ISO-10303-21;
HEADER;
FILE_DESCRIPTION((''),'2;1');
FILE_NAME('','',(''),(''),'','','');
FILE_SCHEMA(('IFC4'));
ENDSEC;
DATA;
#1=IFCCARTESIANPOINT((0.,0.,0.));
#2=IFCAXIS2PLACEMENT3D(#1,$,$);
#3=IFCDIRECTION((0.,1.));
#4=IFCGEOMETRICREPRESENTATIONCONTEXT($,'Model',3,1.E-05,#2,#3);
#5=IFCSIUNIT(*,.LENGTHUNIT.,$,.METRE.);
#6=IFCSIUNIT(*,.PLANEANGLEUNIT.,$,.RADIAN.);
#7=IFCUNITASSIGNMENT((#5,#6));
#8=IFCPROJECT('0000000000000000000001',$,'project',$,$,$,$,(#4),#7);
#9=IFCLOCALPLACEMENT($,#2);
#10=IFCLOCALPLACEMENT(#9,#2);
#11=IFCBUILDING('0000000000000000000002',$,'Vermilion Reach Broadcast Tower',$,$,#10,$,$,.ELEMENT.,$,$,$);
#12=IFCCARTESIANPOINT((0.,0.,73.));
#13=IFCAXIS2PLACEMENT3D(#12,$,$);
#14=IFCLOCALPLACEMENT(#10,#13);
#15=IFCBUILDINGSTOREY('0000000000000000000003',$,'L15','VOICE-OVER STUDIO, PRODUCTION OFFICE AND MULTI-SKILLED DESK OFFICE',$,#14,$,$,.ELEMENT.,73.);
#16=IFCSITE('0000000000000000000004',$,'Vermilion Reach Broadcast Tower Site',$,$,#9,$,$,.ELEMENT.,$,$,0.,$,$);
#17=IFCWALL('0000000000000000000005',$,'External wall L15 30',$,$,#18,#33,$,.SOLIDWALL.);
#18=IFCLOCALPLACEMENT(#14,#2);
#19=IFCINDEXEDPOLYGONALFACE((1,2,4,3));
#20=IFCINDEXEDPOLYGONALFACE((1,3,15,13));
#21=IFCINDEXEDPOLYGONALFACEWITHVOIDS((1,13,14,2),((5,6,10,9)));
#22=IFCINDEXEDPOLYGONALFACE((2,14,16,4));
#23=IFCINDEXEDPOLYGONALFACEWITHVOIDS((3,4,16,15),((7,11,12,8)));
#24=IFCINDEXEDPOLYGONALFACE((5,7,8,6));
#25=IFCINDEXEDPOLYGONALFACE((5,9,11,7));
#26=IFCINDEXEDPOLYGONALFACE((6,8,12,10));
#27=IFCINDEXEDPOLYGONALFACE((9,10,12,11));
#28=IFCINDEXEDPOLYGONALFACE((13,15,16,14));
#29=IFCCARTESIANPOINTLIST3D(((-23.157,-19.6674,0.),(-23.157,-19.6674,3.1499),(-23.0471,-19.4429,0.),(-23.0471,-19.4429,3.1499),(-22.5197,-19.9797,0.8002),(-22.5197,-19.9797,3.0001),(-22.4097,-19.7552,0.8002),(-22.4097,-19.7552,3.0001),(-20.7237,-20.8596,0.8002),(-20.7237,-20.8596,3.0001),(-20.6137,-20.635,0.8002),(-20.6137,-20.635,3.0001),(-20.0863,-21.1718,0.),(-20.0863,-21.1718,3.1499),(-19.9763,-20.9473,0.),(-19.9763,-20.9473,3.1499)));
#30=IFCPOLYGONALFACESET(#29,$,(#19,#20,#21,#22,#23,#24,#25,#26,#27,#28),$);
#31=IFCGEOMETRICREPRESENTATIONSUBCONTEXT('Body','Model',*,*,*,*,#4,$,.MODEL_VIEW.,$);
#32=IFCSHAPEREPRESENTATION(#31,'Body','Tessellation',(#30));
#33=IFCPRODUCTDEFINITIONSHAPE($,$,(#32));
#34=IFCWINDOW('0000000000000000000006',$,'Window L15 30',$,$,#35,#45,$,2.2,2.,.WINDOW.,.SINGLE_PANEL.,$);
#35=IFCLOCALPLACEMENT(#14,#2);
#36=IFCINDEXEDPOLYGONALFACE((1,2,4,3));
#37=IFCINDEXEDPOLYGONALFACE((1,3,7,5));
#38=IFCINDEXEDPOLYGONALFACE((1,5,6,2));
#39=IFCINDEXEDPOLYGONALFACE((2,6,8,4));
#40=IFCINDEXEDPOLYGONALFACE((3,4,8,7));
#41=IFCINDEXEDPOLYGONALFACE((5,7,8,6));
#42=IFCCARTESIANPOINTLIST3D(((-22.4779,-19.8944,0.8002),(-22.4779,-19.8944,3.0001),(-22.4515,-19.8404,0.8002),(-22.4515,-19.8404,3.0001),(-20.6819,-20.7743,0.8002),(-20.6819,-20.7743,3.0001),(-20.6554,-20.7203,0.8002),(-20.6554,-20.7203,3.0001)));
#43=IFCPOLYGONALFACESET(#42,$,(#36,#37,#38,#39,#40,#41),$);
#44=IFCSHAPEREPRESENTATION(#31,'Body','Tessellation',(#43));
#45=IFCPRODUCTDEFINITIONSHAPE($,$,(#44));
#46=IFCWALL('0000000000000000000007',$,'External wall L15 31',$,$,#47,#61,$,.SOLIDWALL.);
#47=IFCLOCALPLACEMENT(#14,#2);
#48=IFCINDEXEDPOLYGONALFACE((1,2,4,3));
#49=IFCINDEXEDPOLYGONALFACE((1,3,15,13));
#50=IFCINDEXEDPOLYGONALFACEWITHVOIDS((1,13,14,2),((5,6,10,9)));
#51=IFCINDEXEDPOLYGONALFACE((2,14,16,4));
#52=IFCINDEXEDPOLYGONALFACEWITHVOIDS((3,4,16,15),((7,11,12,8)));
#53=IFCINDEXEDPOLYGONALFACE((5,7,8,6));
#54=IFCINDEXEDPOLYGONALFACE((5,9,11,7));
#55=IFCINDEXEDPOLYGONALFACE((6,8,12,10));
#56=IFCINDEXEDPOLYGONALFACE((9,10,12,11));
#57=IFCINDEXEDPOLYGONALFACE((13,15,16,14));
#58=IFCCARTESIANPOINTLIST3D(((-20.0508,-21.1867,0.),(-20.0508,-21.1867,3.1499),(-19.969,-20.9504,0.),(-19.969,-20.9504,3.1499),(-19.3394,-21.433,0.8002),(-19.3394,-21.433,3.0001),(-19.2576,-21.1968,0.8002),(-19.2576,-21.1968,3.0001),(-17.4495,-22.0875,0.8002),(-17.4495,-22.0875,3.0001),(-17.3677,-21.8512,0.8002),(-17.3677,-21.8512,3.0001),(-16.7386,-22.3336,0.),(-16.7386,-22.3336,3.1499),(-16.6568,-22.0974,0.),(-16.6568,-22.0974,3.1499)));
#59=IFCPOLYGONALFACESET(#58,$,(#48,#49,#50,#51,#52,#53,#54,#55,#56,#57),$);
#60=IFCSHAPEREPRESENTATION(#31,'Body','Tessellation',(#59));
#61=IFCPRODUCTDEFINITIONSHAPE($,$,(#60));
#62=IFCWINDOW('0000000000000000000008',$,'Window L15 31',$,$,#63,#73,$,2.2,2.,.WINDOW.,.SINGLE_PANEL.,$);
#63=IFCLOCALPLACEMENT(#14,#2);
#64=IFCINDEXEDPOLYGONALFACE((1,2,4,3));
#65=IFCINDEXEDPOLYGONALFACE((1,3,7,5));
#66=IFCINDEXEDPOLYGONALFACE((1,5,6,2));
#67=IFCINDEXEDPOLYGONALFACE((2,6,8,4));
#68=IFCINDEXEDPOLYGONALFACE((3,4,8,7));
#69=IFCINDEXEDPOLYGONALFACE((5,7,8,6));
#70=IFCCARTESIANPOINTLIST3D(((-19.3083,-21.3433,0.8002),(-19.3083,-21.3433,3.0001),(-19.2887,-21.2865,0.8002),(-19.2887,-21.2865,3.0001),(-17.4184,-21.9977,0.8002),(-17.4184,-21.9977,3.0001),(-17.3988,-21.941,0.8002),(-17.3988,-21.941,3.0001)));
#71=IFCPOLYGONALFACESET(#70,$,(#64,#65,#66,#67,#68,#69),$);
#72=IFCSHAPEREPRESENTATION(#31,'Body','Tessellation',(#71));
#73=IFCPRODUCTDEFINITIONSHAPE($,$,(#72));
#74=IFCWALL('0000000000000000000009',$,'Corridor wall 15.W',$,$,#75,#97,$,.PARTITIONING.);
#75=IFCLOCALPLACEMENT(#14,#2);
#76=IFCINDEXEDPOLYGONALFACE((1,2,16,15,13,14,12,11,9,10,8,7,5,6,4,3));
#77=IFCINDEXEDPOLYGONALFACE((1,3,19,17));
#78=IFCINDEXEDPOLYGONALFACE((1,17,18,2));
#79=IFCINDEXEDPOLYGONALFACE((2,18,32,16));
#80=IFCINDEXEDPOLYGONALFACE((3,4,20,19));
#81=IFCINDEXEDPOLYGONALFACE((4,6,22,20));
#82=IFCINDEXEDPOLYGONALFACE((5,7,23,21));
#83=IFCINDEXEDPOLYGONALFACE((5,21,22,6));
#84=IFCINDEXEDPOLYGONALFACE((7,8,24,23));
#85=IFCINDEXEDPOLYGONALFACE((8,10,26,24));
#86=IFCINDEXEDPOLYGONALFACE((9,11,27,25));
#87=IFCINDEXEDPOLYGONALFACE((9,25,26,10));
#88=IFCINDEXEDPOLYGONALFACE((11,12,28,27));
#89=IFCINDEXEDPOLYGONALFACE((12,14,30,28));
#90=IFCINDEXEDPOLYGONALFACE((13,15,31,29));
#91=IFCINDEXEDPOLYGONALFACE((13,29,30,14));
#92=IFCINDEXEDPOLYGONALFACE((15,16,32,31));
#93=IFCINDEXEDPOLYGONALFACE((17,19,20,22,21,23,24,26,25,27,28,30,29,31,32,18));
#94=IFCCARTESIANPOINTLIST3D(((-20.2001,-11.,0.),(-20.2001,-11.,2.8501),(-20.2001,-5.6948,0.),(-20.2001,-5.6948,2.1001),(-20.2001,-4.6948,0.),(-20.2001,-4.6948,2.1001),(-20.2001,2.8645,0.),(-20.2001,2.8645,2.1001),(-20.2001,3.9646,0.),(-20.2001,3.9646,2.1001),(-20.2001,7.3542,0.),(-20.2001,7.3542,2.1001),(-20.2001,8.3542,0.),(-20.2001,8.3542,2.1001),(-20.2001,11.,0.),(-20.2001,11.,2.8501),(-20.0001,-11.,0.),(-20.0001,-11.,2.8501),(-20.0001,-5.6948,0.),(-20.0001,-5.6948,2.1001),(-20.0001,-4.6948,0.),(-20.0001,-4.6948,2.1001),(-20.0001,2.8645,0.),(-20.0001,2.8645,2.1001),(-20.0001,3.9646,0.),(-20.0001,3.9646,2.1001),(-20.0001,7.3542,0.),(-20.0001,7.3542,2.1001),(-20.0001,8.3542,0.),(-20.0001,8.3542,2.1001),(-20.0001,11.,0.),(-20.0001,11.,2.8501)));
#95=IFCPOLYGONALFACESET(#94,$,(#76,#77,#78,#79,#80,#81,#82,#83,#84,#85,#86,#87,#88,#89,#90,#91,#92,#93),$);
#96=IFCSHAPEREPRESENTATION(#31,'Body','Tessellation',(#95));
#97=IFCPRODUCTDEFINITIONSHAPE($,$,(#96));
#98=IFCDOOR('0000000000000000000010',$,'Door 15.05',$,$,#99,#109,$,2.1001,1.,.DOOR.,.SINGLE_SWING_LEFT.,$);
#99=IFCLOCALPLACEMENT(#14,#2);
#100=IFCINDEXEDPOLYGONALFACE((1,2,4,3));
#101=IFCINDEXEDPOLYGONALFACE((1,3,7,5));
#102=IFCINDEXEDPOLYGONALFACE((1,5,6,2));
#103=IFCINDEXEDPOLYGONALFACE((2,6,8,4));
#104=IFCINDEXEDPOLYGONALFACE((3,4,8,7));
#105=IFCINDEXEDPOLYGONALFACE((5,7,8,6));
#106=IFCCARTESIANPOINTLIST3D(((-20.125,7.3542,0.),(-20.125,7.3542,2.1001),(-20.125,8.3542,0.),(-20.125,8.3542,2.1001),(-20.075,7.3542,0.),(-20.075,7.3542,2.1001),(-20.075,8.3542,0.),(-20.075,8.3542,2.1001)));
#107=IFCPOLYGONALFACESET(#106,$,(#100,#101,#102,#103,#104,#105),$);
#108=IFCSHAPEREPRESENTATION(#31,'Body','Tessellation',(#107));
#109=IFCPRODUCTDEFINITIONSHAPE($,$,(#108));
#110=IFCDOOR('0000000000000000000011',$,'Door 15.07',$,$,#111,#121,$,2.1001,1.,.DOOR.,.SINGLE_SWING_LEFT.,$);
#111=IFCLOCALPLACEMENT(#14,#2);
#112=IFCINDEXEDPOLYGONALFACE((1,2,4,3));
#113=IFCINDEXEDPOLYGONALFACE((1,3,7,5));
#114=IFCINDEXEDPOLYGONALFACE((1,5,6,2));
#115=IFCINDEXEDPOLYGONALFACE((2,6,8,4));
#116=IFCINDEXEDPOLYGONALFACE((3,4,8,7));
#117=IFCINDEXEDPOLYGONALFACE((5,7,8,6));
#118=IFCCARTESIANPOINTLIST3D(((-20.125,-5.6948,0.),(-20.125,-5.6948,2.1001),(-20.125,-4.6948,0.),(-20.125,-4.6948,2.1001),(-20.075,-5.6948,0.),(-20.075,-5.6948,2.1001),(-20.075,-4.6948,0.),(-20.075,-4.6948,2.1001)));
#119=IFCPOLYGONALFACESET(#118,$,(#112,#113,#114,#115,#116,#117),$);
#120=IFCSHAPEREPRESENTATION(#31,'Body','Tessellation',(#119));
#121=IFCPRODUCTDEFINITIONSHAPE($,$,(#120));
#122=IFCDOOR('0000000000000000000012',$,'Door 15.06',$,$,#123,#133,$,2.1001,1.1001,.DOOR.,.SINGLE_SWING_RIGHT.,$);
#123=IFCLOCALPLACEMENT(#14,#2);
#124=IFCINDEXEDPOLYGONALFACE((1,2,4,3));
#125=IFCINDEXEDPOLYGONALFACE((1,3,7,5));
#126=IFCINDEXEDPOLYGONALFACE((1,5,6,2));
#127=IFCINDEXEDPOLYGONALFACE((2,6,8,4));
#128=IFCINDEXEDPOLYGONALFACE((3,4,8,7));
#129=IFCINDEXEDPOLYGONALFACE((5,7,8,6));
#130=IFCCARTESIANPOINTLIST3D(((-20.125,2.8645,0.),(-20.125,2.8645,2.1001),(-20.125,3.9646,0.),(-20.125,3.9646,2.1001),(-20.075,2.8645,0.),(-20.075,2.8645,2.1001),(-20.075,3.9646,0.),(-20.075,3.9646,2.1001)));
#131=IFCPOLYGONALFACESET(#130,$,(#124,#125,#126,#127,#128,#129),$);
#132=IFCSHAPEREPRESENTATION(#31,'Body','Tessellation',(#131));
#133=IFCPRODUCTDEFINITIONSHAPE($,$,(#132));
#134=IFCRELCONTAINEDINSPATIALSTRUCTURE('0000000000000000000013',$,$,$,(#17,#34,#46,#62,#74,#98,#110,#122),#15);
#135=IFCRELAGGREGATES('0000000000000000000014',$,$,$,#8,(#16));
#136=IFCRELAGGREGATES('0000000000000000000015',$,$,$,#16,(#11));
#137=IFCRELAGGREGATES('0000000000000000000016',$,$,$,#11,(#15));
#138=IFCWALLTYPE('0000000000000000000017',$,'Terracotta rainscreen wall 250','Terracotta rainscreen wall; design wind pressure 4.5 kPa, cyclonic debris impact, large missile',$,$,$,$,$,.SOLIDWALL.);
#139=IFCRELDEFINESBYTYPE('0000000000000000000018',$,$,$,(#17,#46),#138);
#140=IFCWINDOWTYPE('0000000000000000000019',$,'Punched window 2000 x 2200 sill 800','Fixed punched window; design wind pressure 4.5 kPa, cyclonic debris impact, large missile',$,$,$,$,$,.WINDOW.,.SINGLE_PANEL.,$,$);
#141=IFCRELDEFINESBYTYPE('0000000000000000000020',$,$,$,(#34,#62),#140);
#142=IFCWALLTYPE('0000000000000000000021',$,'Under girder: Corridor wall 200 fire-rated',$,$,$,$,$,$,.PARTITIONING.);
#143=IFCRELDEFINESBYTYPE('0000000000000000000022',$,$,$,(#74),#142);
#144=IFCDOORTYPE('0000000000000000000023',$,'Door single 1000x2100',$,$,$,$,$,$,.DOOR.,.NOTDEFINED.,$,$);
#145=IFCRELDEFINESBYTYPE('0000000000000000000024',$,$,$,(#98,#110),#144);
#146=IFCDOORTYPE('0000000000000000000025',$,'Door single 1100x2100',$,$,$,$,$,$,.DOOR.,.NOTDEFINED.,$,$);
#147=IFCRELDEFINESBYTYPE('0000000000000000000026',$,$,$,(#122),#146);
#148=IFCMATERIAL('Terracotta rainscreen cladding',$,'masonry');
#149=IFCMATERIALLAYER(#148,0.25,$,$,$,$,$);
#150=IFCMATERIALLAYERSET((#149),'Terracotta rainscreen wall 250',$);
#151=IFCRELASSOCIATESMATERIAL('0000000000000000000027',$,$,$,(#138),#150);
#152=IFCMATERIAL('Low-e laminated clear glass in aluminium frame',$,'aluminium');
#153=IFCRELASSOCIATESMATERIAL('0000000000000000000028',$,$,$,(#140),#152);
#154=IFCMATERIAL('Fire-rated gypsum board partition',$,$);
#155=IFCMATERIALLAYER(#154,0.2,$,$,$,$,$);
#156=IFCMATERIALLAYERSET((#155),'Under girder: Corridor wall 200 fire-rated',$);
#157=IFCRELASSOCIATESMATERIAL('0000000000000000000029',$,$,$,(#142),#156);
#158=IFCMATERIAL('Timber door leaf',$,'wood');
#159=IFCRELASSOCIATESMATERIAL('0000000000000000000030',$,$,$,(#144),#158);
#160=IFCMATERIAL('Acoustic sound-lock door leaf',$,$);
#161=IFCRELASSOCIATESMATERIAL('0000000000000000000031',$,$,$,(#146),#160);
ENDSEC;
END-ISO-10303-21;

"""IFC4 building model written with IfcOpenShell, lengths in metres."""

from ifc_helpers import new_model, si_unit, direction, frame, frame_2d, origin, place, context, subcontext, project, spatial, rectangle, extrude, material, layer, layer_set, type_object, element, fill, save


model = new_model("IFC4")

# Units and contexts
model_context = context("Model", 3, precision=1e-05, world=origin(), true_north=direction((0.0, 1.0)))
body_context = subcontext(model_context, "Body", "Model", "MODEL_VIEW")
ifc_project = project(units=[si_unit("LENGTHUNIT", "METRE"), si_unit("PLANEANGLEUNIT", "RADIAN")], contexts=[model_context])

# Site, building, storey
site_placement = place(None, origin())
site = spatial("IfcSite", under=ifc_project, at=site_placement, Name="Vermilion Reach Broadcast Tower Site", CompositionType="ELEMENT", RefElevation=0.0)
building_placement = place(site_placement, origin())
building = spatial("IfcBuilding", under=site, at=building_placement, Name="Vermilion Reach Broadcast Tower", CompositionType="ELEMENT")
storey_placement = place(building_placement, frame((0.0, 0.0, 73.0)))
storey = spatial("IfcBuildingStorey", under=building, at=storey_placement, Name="L15", Description="VOICE-OVER STUDIO, PRODUCTION OFFICE AND MULTI-SKILLED DESK OFFICE", CompositionType="ELEMENT", Elevation=73.0)

# Shared definitions
ifc_material_1 = material(Name="Terracotta rainscreen cladding", Category="masonry")
ifc_layer_1 = layer(ifc_material_1, 0.25)
ifc_layer_set_1 = layer_set([ifc_layer_1], Name="Terracotta rainscreen wall 250")
wall_type_1 = type_object("IfcWallType", Name="Terracotta rainscreen wall 250", Description="Terracotta rainscreen wall; design wind pressure 4.5 kPa, cyclonic debris impact, large missile", PredefinedType="SOLIDWALL", material=ifc_layer_set_1)

# Walls, openings, windows
ifc_material_2 = material(Name="Low-e laminated clear glass in aluminium frame", Category="aluminium")
window_type = type_object("IfcWindowType", Name="Punched window 2000 x 2200 sill 800", Description="Fixed punched window; design wind pressure 4.5 kPa, cyclonic debris impact, large missile", PartitioningType="SINGLE_PANEL", PredefinedType="WINDOW", material=ifc_material_2)
wall_1_placement = place(storey_placement, frame((-23.1021, -19.5552, 0.0), z_axis=(0.0, 0.0, 1.0), x_axis=(0.898025, -0.439945, 0.0)))
wall_1 = element("IfcWall", 1, at=wall_1_placement, inside=storey, type_object=wall_type_1, Name="External wall L15 30", PredefinedType="SOLIDWALL", context=body_context, shape_type="SweptSolid", body=[
    extrude(rectangle(XDim=3.4194, YDim=0.25, at=frame_2d((1.7097, 0.0))), origin(), (0.0, 0.0, 1.0), 3.1499),
])
opening_1_placement = place(wall_1_placement, frame((0.7097, 0.0, 0.8)))
opening_1 = element("IfcOpeningElement", 2, at=opening_1_placement, cuts=wall_1, PredefinedType="OPENING", context=body_context, shape_type="SweptSolid", body=[
    extrude(rectangle(XDim=2.0, YDim=2.2, at=frame_2d((1.0, 1.1001))), frame((0.0, 0.135, 0.0), z_axis=(0.0, -1.0, 0.0), x_axis=(1.0, 0.0, 0.0)), (0.0, 0.0, 1.0), 0.27),
])
window_1_placement = place(opening_1_placement, origin())
window_1 = element("IfcWindow", 3, at=window_1_placement, inside=storey, type_object=window_type, Name="Window L15 30", OverallHeight=2.2, OverallWidth=2.0, PartitioningType="SINGLE_PANEL", PredefinedType="WINDOW", context=body_context, shape_type="SweptSolid", body=[
    extrude(rectangle(XDim=2.0, YDim=2.2, at=frame_2d((1.0, 1.1001))), frame((0.0, 0.03, 0.0), z_axis=(0.0, -1.0, 0.0), x_axis=(1.0, 0.0, 0.0)), (0.0, 0.0, 1.0), 0.0601),
])
fill(opening_1, window_1)
wall_2_placement = place(storey_placement, frame((-20.0098, -21.0686, 0.0), z_axis=(0.0, 0.0, 1.0), x_axis=(0.944949, -0.327218, 0.0)))
wall_2 = element("IfcWall", 4, at=wall_2_placement, inside=storey, type_object=wall_type_1, Name="External wall L15 31", PredefinedType="SOLIDWALL", context=body_context, shape_type="SweptSolid", body=[
    extrude(rectangle(XDim=3.5051, YDim=0.25, at=frame_2d((1.7524, 0.0))), origin(), (0.0, 0.0, 1.0), 3.1499),
])
opening_2_placement = place(wall_2_placement, frame((0.7527, 0.0, 0.8)))
opening_2 = element("IfcOpeningElement", 5, at=opening_2_placement, cuts=wall_2, PredefinedType="OPENING", context=body_context, shape_type="SweptSolid", body=[
    extrude(rectangle(XDim=2.0, YDim=2.2, at=frame_2d((1.0, 1.1001))), frame((0.0, 0.135, 0.0), z_axis=(0.0, -1.0, 0.0), x_axis=(1.0, 0.0, 0.0)), (0.0, 0.0, 1.0), 0.27),
])
window_2_placement = place(opening_2_placement, origin())
window_2 = element("IfcWindow", 6, at=window_2_placement, inside=storey, type_object=window_type, Name="Window L15 31", OverallHeight=2.2, OverallWidth=2.0, PartitioningType="SINGLE_PANEL", PredefinedType="WINDOW", context=body_context, shape_type="SweptSolid", body=[
    extrude(rectangle(XDim=2.0, YDim=2.2, at=frame_2d((1.0, 1.1001))), frame((0.0, 0.03, 0.0), z_axis=(0.0, -1.0, 0.0), x_axis=(1.0, 0.0, 0.0)), (0.0, 0.0, 1.0), 0.0601),
])
fill(opening_2, window_2)

# Wall, openings, doors
ifc_material_3 = material(Name="Fire-rated gypsum board partition")
ifc_layer_2 = layer(ifc_material_3, 0.2)
ifc_layer_set_2 = layer_set([ifc_layer_2], Name="Under girder: Corridor wall 200 fire-rated")
wall_type_2 = type_object("IfcWallType", Name="Under girder: Corridor wall 200 fire-rated", PredefinedType="PARTITIONING", material=ifc_layer_set_2)
wall_3_placement = place(storey_placement, frame((-20.1001, -11.0, 0.0), z_axis=(0.0, 0.0, 1.0), x_axis=(0.0, 1.0, 0.0)))
wall_3 = element("IfcWall", 7, at=wall_3_placement, inside=storey, type_object=wall_type_2, Name="Corridor wall 15.W", PredefinedType="PARTITIONING", context=body_context, shape_type="SweptSolid", body=[
    extrude(rectangle(XDim=22.0, YDim=0.2, at=frame_2d((11.0, 0.0))), origin(), (0.0, 0.0, 1.0), 2.8501),
])
opening_3_placement = place(wall_3_placement, frame((18.3542, 0.0, 0.0)))
opening_3 = element("IfcOpeningElement", 8, at=opening_3_placement, cuts=wall_3, PredefinedType="OPENING", context=body_context, shape_type="SweptSolid", body=[
    extrude(rectangle(XDim=1.0, YDim=2.1001, at=frame_2d((0.5, 1.05))), frame((0.0, 0.1099, 0.0), z_axis=(0.0, -1.0, 0.0), x_axis=(1.0, 0.0, 0.0)), (0.0, 0.0, 1.0), 0.22),
])
opening_4_placement = place(wall_3_placement, frame((13.8645, 0.0, 0.0)))
opening_4 = element("IfcOpeningElement", 9, at=opening_4_placement, cuts=wall_3, PredefinedType="OPENING", context=body_context, shape_type="SweptSolid", body=[
    extrude(rectangle(XDim=1.1001, YDim=2.1001, at=frame_2d((0.55, 1.05))), frame((0.0, 0.1099, 0.0), z_axis=(0.0, -1.0, 0.0), x_axis=(1.0, 0.0, 0.0)), (0.0, 0.0, 1.0), 0.22),
])
opening_5_placement = place(wall_3_placement, frame((5.3052, 0.0, 0.0)))
opening_5 = element("IfcOpeningElement", 10, at=opening_5_placement, cuts=wall_3, PredefinedType="OPENING", context=body_context, shape_type="SweptSolid", body=[
    extrude(rectangle(XDim=1.0, YDim=2.1001, at=frame_2d((0.5, 1.05))), frame((0.0, 0.1099, 0.0), z_axis=(0.0, -1.0, 0.0), x_axis=(1.0, 0.0, 0.0)), (0.0, 0.0, 1.0), 0.22),
])
ifc_material_4 = material(Name="Timber door leaf", Category="wood")
door_type_1 = type_object("IfcDoorType", Name="Door single 1000x2100", OperationType="NOTDEFINED", PredefinedType="DOOR", material=ifc_material_4)
door_1_placement = place(opening_3_placement, origin())
door_1 = element("IfcDoor", 11, at=door_1_placement, inside=storey, type_object=door_type_1, Name="Door 15.05", OperationType="SINGLE_SWING_LEFT", OverallHeight=2.1001, OverallWidth=1.0, PredefinedType="DOOR", context=body_context, shape_type="SweptSolid", body=[
    extrude(rectangle(XDim=1.0, YDim=2.1001, at=frame_2d((0.5, 1.05))), frame((0.0, 0.0249, 0.0), z_axis=(0.0, -1.0, 0.0), x_axis=(1.0, 0.0, 0.0)), (0.0, 0.0, 1.0), 0.05),
])
fill(opening_3, door_1)
door_2_placement = place(opening_5_placement, origin())
door_2 = element("IfcDoor", 12, at=door_2_placement, inside=storey, type_object=door_type_1, Name="Door 15.07", OperationType="SINGLE_SWING_LEFT", OverallHeight=2.1001, OverallWidth=1.0, PredefinedType="DOOR", context=body_context, shape_type="SweptSolid", body=[
    extrude(rectangle(XDim=1.0, YDim=2.1001, at=frame_2d((0.5, 1.05))), frame((0.0, 0.0249, 0.0), z_axis=(0.0, -1.0, 0.0), x_axis=(1.0, 0.0, 0.0)), (0.0, 0.0, 1.0), 0.05),
])
fill(opening_5, door_2)
ifc_material_5 = material(Name="Acoustic sound-lock door leaf")
door_type_2 = type_object("IfcDoorType", Name="Door single 1100x2100", OperationType="NOTDEFINED", PredefinedType="DOOR", material=ifc_material_5)
door_3_placement = place(opening_4_placement, origin())
door_3 = element("IfcDoor", 13, at=door_3_placement, inside=storey, type_object=door_type_2, Name="Door 15.06", OperationType="SINGLE_SWING_RIGHT", OverallHeight=2.1001, OverallWidth=1.1001, PredefinedType="DOOR", context=body_context, shape_type="SweptSolid", body=[
    extrude(rectangle(XDim=1.1001, YDim=2.1001, at=frame_2d((0.55, 1.05))), frame((0.0, 0.0249, 0.0), z_axis=(0.0, -1.0, 0.0), x_axis=(1.0, 0.0, 0.0)), (0.0, 0.0, 1.0), 0.05),
])
fill(opening_4, door_3)

save(model, "model.ifc")
